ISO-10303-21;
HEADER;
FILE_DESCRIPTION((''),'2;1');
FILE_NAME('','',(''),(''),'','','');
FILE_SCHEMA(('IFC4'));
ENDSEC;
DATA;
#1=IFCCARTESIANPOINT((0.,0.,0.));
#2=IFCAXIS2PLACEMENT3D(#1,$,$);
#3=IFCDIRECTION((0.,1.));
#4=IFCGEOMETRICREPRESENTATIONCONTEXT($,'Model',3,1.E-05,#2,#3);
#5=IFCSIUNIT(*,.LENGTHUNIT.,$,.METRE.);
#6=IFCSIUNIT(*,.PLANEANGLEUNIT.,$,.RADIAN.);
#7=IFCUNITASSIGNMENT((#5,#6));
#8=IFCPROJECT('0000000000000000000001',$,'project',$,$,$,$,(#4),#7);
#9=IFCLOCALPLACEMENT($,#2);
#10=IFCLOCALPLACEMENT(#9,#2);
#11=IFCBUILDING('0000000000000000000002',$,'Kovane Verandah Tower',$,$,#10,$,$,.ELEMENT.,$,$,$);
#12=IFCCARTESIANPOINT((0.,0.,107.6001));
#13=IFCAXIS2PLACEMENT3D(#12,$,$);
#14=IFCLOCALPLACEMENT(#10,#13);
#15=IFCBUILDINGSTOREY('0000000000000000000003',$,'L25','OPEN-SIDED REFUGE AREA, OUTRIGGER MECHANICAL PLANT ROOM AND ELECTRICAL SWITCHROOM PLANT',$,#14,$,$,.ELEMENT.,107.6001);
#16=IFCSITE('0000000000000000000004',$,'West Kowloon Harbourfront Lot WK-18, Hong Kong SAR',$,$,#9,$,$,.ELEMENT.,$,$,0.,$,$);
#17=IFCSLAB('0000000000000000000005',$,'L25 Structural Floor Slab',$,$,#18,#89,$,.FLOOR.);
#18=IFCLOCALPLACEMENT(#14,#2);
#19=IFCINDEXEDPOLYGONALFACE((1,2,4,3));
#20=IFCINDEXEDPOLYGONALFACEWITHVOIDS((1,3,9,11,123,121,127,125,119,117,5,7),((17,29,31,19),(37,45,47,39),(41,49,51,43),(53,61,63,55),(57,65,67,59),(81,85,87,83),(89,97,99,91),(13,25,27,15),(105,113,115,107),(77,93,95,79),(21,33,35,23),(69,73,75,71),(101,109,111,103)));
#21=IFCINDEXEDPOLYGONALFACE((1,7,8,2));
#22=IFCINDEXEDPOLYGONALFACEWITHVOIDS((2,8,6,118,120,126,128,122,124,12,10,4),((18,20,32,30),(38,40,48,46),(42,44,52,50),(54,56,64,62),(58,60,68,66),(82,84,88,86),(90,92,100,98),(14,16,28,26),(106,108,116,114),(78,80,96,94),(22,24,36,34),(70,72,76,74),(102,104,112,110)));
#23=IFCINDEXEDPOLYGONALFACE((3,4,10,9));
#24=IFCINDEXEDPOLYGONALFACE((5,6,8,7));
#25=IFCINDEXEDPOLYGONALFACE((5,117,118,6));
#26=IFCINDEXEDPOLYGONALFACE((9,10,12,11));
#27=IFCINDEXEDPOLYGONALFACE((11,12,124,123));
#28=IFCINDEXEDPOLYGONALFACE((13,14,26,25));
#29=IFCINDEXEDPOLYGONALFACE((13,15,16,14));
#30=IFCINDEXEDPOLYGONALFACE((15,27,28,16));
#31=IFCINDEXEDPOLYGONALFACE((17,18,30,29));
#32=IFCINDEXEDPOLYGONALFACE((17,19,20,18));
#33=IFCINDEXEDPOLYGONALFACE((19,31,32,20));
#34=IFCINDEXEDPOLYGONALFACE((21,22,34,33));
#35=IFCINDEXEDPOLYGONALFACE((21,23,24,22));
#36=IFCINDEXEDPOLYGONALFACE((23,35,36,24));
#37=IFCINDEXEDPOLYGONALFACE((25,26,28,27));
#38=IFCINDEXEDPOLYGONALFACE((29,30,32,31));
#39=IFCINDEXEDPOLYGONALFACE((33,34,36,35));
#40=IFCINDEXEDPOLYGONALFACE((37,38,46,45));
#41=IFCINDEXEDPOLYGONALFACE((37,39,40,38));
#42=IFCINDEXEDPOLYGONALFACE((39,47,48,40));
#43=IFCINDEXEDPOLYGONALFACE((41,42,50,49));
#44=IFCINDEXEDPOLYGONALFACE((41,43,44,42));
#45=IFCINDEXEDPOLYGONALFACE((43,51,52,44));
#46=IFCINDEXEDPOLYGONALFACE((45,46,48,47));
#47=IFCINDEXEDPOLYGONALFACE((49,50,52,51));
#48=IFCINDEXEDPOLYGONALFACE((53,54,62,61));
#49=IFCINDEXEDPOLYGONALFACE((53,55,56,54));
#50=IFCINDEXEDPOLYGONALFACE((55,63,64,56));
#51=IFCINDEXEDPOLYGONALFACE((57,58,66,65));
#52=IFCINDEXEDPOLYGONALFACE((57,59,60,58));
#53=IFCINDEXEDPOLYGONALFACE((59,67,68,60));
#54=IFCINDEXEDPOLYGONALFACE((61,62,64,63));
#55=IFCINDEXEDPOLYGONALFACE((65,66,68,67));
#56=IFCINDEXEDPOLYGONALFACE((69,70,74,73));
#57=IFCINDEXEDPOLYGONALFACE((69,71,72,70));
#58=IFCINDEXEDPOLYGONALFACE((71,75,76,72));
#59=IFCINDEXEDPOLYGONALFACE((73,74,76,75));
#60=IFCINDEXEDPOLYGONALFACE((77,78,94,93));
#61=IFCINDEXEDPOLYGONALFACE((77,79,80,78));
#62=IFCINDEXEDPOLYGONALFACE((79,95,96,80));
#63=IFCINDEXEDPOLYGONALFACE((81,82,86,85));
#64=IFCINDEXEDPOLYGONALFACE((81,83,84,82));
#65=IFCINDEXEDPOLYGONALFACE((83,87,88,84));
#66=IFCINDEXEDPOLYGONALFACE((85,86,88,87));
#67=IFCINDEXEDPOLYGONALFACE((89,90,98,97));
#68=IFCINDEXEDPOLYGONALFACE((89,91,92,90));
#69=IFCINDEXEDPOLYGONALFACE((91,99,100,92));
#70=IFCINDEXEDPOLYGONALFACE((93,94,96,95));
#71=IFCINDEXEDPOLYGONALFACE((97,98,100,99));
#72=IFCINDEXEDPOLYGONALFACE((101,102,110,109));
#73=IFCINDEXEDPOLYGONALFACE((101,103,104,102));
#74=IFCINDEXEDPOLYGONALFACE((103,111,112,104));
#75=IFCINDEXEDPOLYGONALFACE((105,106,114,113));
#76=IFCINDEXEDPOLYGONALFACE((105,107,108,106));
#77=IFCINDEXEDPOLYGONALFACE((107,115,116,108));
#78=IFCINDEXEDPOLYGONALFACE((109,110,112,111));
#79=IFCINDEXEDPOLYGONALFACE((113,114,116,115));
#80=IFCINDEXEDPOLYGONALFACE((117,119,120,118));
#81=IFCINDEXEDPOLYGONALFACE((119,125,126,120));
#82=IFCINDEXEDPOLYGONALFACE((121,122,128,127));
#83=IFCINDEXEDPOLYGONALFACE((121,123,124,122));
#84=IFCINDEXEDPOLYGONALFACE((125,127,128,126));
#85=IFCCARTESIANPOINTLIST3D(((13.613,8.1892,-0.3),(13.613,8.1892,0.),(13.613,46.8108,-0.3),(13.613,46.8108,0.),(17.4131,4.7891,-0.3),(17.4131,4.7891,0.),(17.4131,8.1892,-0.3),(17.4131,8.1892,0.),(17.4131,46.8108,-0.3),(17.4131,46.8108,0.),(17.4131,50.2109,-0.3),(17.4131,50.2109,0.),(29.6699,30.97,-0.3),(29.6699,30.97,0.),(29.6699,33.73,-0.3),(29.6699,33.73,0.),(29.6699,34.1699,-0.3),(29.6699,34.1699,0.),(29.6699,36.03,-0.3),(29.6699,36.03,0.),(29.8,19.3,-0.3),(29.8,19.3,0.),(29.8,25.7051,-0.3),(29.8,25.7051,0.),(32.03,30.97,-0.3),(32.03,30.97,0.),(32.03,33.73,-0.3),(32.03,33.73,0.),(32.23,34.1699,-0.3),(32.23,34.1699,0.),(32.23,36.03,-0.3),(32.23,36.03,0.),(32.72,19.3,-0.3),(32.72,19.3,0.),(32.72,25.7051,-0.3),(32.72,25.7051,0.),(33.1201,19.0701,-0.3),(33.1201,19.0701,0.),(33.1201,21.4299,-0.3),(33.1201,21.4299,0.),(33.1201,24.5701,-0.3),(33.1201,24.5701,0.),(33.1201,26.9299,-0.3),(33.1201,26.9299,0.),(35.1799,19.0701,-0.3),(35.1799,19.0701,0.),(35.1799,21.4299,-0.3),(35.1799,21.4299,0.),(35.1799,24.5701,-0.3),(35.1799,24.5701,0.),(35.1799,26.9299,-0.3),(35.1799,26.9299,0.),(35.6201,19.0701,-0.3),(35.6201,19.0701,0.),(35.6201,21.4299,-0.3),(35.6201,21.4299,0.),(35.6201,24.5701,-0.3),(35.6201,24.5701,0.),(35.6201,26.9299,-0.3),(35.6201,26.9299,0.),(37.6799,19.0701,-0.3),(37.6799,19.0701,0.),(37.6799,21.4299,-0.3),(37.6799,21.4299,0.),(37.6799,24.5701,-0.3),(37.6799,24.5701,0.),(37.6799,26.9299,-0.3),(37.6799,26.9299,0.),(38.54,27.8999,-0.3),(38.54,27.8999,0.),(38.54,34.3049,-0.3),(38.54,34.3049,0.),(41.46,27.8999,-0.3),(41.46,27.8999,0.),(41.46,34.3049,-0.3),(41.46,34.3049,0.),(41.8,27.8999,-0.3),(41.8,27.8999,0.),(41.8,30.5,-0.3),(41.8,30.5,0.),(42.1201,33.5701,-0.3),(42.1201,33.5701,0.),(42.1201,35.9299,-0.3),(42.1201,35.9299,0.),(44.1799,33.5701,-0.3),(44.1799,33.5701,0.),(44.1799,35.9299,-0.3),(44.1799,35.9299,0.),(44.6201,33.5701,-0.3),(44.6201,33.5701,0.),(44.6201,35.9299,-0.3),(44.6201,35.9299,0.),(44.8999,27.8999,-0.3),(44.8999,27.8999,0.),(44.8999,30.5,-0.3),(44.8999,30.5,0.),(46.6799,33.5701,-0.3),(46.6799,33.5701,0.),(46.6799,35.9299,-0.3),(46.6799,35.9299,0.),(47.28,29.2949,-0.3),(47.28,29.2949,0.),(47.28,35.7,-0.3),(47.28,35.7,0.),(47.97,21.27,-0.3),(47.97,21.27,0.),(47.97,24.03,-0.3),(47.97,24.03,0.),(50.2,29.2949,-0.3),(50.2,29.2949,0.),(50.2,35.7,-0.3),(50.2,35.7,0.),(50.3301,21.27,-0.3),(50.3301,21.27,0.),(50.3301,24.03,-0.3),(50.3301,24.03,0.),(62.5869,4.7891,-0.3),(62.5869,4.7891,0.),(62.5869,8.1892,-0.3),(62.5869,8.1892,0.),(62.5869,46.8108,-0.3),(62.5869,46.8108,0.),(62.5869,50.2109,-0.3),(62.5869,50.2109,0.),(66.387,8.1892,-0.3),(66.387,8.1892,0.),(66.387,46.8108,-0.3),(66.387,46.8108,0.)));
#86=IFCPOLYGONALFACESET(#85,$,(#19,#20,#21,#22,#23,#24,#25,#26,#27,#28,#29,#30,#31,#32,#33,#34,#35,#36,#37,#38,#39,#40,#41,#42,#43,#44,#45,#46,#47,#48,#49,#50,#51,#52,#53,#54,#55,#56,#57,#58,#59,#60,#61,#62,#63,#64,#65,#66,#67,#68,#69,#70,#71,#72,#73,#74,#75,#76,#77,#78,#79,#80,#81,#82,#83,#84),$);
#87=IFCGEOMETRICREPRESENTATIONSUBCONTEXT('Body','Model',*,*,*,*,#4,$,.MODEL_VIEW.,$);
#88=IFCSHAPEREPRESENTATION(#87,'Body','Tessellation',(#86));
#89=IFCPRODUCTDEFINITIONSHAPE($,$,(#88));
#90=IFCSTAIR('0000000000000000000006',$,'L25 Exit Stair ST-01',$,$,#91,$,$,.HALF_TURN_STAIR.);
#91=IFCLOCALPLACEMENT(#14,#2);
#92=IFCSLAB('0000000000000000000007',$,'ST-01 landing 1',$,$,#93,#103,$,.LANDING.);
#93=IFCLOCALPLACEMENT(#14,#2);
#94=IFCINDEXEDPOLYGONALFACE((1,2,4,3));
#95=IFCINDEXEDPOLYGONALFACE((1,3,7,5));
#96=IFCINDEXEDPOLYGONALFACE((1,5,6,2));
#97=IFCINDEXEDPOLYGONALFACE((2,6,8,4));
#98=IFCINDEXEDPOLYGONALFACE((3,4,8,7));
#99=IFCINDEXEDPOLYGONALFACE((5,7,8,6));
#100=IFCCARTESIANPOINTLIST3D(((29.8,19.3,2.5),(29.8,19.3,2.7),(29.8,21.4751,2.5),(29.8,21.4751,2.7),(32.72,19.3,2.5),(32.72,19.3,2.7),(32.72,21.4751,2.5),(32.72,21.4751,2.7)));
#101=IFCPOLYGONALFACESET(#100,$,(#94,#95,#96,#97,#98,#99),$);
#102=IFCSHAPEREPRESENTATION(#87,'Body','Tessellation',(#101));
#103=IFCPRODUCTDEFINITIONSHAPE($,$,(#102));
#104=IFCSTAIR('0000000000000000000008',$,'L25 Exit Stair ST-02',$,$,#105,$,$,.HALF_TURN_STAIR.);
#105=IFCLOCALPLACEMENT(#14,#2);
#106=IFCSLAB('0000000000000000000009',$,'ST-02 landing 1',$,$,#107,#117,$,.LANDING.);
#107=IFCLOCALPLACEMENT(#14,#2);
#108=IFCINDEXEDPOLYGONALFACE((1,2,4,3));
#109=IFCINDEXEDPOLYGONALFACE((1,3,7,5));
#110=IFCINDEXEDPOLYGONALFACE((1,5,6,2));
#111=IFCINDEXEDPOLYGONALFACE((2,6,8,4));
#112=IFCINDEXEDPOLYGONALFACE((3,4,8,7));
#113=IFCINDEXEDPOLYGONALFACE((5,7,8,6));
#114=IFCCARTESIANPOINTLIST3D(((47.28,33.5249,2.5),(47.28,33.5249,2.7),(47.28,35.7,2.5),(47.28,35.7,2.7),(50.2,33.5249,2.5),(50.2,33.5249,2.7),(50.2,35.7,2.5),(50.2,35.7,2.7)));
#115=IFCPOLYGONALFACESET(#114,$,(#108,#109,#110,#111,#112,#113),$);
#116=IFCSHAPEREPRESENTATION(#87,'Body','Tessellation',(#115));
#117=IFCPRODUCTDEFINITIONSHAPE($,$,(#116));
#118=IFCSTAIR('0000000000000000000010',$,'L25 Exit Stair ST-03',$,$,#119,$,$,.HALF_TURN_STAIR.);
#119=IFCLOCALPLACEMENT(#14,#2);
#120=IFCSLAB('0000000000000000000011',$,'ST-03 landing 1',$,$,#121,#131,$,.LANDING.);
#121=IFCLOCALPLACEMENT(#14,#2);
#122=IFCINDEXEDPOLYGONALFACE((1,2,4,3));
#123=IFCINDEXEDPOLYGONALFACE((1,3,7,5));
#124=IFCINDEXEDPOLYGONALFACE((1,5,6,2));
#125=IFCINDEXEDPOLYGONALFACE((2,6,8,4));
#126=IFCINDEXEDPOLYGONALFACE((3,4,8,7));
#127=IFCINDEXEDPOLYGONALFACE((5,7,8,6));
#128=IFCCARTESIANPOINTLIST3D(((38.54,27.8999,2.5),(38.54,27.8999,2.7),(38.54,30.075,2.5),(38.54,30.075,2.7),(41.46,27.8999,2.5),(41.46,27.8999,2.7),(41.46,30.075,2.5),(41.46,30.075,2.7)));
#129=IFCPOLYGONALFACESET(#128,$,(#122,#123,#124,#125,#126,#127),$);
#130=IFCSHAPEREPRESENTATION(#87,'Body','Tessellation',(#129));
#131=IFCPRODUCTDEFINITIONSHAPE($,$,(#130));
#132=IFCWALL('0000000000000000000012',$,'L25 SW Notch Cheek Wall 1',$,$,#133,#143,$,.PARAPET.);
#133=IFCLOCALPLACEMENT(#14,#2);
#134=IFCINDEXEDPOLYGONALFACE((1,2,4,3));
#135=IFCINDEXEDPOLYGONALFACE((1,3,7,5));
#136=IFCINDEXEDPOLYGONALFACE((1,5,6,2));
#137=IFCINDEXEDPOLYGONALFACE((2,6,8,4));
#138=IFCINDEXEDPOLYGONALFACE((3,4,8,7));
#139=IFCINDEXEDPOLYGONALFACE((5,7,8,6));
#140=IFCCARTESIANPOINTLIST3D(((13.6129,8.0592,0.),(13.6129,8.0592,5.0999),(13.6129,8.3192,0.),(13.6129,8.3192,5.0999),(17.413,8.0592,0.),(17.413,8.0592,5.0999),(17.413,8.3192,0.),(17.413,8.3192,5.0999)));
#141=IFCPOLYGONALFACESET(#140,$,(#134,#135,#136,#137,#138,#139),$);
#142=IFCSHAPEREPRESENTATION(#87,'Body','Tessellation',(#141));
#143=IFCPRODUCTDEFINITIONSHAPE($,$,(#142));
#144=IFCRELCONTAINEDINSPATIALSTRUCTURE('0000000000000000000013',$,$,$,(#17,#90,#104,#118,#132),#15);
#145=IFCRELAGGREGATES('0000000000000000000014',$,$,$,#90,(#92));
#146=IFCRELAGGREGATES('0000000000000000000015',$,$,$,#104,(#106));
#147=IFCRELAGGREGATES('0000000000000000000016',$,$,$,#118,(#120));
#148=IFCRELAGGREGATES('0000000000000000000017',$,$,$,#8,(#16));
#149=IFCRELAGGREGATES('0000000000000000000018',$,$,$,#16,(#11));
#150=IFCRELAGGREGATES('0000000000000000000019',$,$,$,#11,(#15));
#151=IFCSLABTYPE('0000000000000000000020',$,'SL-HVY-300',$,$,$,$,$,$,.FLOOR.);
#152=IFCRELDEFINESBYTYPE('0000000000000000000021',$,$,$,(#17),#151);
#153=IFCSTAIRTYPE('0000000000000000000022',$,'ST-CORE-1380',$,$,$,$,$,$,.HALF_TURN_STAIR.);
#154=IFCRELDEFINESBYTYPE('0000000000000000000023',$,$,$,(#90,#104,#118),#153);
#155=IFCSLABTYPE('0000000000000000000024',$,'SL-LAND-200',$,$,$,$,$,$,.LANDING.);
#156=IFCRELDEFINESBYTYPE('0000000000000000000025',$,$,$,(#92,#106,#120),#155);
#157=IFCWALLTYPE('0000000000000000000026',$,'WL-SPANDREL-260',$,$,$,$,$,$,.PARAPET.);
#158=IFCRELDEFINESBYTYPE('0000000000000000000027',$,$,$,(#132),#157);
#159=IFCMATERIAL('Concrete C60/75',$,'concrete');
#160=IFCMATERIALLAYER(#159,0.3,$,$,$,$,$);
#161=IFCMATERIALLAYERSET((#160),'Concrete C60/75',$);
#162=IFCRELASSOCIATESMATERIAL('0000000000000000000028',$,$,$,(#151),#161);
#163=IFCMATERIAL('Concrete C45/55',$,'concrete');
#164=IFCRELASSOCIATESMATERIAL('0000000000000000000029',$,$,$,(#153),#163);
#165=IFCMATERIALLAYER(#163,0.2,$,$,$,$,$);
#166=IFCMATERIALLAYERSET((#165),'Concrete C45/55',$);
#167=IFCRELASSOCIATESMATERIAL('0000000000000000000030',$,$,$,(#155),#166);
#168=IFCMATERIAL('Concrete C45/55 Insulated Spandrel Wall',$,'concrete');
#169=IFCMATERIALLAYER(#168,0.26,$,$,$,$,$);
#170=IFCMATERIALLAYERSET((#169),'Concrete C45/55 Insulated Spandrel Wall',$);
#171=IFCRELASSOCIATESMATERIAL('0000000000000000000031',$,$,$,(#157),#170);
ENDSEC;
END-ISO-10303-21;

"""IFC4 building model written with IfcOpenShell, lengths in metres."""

from ifc_helpers import new_model, si_unit, direction, frame, frame_2d, origin, place, context, subcontext, project, spatial, polyline, rectangle, outline, extrude, material, layer, layer_set, type_object, element, aggregate, save


model = new_model("IFC4")

# Units and contexts
model_context = context("Model", 3, precision=1e-05, world=origin(), true_north=direction((0.0, 1.0)))
body_context = subcontext(model_context, "Body", "Model", "MODEL_VIEW")
ifc_project = project(units=[si_unit("LENGTHUNIT", "METRE"), si_unit("PLANEANGLEUNIT", "RADIAN")], contexts=[model_context])

# Site, building, storey
site_placement = place(None, origin())
site = spatial("IfcSite", under=ifc_project, at=site_placement, Name="West Kowloon Harbourfront Lot WK-18, Hong Kong SAR", CompositionType="ELEMENT", RefElevation=0.0)
building_placement = place(site_placement, origin())
building = spatial("IfcBuilding", under=site, at=building_placement, Name="Kovane Verandah Tower", CompositionType="ELEMENT")
storey_placement = place(building_placement, frame((0.0, 0.0, 107.6001)))
storey = spatial("IfcBuildingStorey", under=building, at=storey_placement, Name="L25", Description="OPEN-SIDED REFUGE AREA, OUTRIGGER MECHANICAL PLANT ROOM AND ELECTRICAL SWITCHROOM PLANT", CompositionType="ELEMENT", Elevation=107.6001)

# Slab
ifc_material_1 = material(Name="Concrete C60/75", Category="concrete")
ifc_layer_1 = layer(ifc_material_1, 0.3)
ifc_layer_set_1 = layer_set([ifc_layer_1], Name="Concrete C60/75")
slab_type_1 = type_object("IfcSlabType", Name="SL-HVY-300", PredefinedType="FLOOR", material=ifc_layer_set_1)
slab_1_placement = place(storey_placement, frame((0.0, 0.0, -0.3)))
element("IfcSlab", 1, at=slab_1_placement, inside=storey, type_object=slab_type_1, Name="L25 Structural Floor Slab", PredefinedType="FLOOR", context=body_context, shape_type="SweptSolid", body=[
    extrude(outline(polyline([(17.4131, 4.7891), (62.5869, 4.7891), (62.5869, 8.1892), (66.387, 8.1892), (66.387, 46.8108), (62.5869, 46.8108), (62.5869, 50.2109), (17.4131, 50.2109), (17.4131, 46.8108), (13.613, 46.8108), (13.613, 8.1892), (17.4131, 8.1892), (17.4131, 4.7891)]), holes=[polyline([(29.8, 19.3), (32.72, 19.3), (32.72, 25.7051), (29.8, 25.7051), (29.8, 19.3)]), polyline([(47.28, 29.2949), (50.2, 29.2949), (50.2, 35.7), (47.28, 35.7), (47.28, 29.2949)]), polyline([(38.54, 27.8999), (41.46, 27.8999), (41.46, 34.3049), (38.54, 34.3049), (38.54, 27.8999)]), polyline([(29.6699, 30.97), (32.03, 30.97), (32.03, 33.73), (29.6699, 33.73), (29.6699, 30.97)]), polyline([(47.97, 21.27), (50.3301, 21.27), (50.3301, 24.03), (47.97, 24.03), (47.97, 21.27)]), polyline([(29.6699, 34.1699), (32.23, 34.1699), (32.23, 36.03), (29.6699, 36.03), (29.6699, 34.1699)]), polyline([(33.1201, 19.0701), (35.1799, 19.0701), (35.1799, 21.4299), (33.1201, 21.4299), (33.1201, 19.0701)]), polyline([(35.6201, 19.0701), (37.6799, 19.0701), (37.6799, 21.4299), (35.6201, 21.4299), (35.6201, 19.0701)]), polyline([(33.1201, 24.5701), (35.1799, 24.5701), (35.1799, 26.9299), (33.1201, 26.9299), (33.1201, 24.5701)]), polyline([(35.6201, 24.5701), (37.6799, 24.5701), (37.6799, 26.9299), (35.6201, 26.9299), (35.6201, 24.5701)]), polyline([(42.1201, 33.5701), (44.1799, 33.5701), (44.1799, 35.9299), (42.1201, 35.9299), (42.1201, 33.5701)]), polyline([(44.6201, 33.5701), (46.6799, 33.5701), (46.6799, 35.9299), (44.6201, 35.9299), (44.6201, 33.5701)]), polyline([(41.8, 27.8999), (44.8999, 27.8999), (44.8999, 30.5), (41.8, 30.5), (41.8, 27.8999)])]), origin(), (0.0, 0.0, 1.0), 0.3),
])

# Stairs, slabs
ifc_material_2 = material(Name="Concrete C45/55", Category="concrete")
stair_type = type_object("IfcStairType", Name="ST-CORE-1380", PredefinedType="HALF_TURN_STAIR", material=ifc_material_2)
stair_1_placement = place(storey_placement, origin())
stair_1 = element("IfcStair", 2, at=stair_1_placement, inside=storey, type_object=stair_type, Name="L25 Exit Stair ST-01", PredefinedType="HALF_TURN_STAIR")
ifc_layer_2 = layer(ifc_material_2, 0.2)
ifc_layer_set_2 = layer_set([ifc_layer_2], Name="Concrete C45/55")
slab_type_2 = type_object("IfcSlabType", Name="SL-LAND-200", PredefinedType="LANDING", material=ifc_layer_set_2)
slab_2_placement = place(storey_placement, frame((0.0, 0.0, 2.5)))
slab_2 = element("IfcSlab", 3, at=slab_2_placement, type_object=slab_type_2, Name="ST-01 landing 1", PredefinedType="LANDING", context=body_context, shape_type="SweptSolid", body=[
    extrude(outline(polyline([(29.8, 21.4751), (29.8, 19.3), (32.72, 19.3), (32.72, 21.4751), (29.8, 21.4751)])), origin(), (0.0, 0.0, 1.0), 0.2),
])
aggregate(stair_1, [slab_2])
stair_2_placement = place(storey_placement, origin())
stair_2 = element("IfcStair", 4, at=stair_2_placement, inside=storey, type_object=stair_type, Name="L25 Exit Stair ST-02", PredefinedType="HALF_TURN_STAIR")
slab_3_placement = place(storey_placement, frame((0.0, 0.0, 2.5)))
slab_3 = element("IfcSlab", 5, at=slab_3_placement, type_object=slab_type_2, Name="ST-02 landing 1", PredefinedType="LANDING", context=body_context, shape_type="SweptSolid", body=[
    extrude(outline(polyline([(50.2, 33.5249), (50.2, 35.7), (47.28, 35.7), (47.28, 33.5249), (50.2, 33.5249)])), origin(), (0.0, 0.0, 1.0), 0.2),
])
aggregate(stair_2, [slab_3])
stair_3_placement = place(storey_placement, origin())
stair_3 = element("IfcStair", 6, at=stair_3_placement, inside=storey, type_object=stair_type, Name="L25 Exit Stair ST-03", PredefinedType="HALF_TURN_STAIR")
slab_4_placement = place(storey_placement, frame((0.0, 0.0, 2.5)))
slab_4 = element("IfcSlab", 7, at=slab_4_placement, type_object=slab_type_2, Name="ST-03 landing 1", PredefinedType="LANDING", context=body_context, shape_type="SweptSolid", body=[
    extrude(outline(polyline([(38.54, 30.075), (38.54, 27.8999), (41.46, 27.8999), (41.46, 30.075), (38.54, 30.075)])), origin(), (0.0, 0.0, 1.0), 0.2),
])
aggregate(stair_3, [slab_4])

# Wall
ifc_material_3 = material(Name="Concrete C45/55 Insulated Spandrel Wall", Category="concrete")
ifc_layer_3 = layer(ifc_material_3, 0.26)
ifc_layer_set_3 = layer_set([ifc_layer_3], Name="Concrete C45/55 Insulated Spandrel Wall")
wall_type = type_object("IfcWallType", Name="WL-SPANDREL-260", PredefinedType="PARAPET", material=ifc_layer_set_3)
wall_placement = place(storey_placement, frame((13.613, 8.1892, 0.0), z_axis=(0.0, 0.0, 1.0), x_axis=(1.0, 0.0, 0.0)))
element("IfcWall", 8, at=wall_placement, inside=storey, type_object=wall_type, Name="L25 SW Notch Cheek Wall 1", PredefinedType="PARAPET", context=body_context, shape_type="SweptSolid", body=[
    extrude(rectangle(XDim=3.8, YDim=0.26, at=frame_2d((1.8999, 0.0))), origin(), (0.0, 0.0, 1.0), 5.0999),
])

save(model, "model.ifc")
